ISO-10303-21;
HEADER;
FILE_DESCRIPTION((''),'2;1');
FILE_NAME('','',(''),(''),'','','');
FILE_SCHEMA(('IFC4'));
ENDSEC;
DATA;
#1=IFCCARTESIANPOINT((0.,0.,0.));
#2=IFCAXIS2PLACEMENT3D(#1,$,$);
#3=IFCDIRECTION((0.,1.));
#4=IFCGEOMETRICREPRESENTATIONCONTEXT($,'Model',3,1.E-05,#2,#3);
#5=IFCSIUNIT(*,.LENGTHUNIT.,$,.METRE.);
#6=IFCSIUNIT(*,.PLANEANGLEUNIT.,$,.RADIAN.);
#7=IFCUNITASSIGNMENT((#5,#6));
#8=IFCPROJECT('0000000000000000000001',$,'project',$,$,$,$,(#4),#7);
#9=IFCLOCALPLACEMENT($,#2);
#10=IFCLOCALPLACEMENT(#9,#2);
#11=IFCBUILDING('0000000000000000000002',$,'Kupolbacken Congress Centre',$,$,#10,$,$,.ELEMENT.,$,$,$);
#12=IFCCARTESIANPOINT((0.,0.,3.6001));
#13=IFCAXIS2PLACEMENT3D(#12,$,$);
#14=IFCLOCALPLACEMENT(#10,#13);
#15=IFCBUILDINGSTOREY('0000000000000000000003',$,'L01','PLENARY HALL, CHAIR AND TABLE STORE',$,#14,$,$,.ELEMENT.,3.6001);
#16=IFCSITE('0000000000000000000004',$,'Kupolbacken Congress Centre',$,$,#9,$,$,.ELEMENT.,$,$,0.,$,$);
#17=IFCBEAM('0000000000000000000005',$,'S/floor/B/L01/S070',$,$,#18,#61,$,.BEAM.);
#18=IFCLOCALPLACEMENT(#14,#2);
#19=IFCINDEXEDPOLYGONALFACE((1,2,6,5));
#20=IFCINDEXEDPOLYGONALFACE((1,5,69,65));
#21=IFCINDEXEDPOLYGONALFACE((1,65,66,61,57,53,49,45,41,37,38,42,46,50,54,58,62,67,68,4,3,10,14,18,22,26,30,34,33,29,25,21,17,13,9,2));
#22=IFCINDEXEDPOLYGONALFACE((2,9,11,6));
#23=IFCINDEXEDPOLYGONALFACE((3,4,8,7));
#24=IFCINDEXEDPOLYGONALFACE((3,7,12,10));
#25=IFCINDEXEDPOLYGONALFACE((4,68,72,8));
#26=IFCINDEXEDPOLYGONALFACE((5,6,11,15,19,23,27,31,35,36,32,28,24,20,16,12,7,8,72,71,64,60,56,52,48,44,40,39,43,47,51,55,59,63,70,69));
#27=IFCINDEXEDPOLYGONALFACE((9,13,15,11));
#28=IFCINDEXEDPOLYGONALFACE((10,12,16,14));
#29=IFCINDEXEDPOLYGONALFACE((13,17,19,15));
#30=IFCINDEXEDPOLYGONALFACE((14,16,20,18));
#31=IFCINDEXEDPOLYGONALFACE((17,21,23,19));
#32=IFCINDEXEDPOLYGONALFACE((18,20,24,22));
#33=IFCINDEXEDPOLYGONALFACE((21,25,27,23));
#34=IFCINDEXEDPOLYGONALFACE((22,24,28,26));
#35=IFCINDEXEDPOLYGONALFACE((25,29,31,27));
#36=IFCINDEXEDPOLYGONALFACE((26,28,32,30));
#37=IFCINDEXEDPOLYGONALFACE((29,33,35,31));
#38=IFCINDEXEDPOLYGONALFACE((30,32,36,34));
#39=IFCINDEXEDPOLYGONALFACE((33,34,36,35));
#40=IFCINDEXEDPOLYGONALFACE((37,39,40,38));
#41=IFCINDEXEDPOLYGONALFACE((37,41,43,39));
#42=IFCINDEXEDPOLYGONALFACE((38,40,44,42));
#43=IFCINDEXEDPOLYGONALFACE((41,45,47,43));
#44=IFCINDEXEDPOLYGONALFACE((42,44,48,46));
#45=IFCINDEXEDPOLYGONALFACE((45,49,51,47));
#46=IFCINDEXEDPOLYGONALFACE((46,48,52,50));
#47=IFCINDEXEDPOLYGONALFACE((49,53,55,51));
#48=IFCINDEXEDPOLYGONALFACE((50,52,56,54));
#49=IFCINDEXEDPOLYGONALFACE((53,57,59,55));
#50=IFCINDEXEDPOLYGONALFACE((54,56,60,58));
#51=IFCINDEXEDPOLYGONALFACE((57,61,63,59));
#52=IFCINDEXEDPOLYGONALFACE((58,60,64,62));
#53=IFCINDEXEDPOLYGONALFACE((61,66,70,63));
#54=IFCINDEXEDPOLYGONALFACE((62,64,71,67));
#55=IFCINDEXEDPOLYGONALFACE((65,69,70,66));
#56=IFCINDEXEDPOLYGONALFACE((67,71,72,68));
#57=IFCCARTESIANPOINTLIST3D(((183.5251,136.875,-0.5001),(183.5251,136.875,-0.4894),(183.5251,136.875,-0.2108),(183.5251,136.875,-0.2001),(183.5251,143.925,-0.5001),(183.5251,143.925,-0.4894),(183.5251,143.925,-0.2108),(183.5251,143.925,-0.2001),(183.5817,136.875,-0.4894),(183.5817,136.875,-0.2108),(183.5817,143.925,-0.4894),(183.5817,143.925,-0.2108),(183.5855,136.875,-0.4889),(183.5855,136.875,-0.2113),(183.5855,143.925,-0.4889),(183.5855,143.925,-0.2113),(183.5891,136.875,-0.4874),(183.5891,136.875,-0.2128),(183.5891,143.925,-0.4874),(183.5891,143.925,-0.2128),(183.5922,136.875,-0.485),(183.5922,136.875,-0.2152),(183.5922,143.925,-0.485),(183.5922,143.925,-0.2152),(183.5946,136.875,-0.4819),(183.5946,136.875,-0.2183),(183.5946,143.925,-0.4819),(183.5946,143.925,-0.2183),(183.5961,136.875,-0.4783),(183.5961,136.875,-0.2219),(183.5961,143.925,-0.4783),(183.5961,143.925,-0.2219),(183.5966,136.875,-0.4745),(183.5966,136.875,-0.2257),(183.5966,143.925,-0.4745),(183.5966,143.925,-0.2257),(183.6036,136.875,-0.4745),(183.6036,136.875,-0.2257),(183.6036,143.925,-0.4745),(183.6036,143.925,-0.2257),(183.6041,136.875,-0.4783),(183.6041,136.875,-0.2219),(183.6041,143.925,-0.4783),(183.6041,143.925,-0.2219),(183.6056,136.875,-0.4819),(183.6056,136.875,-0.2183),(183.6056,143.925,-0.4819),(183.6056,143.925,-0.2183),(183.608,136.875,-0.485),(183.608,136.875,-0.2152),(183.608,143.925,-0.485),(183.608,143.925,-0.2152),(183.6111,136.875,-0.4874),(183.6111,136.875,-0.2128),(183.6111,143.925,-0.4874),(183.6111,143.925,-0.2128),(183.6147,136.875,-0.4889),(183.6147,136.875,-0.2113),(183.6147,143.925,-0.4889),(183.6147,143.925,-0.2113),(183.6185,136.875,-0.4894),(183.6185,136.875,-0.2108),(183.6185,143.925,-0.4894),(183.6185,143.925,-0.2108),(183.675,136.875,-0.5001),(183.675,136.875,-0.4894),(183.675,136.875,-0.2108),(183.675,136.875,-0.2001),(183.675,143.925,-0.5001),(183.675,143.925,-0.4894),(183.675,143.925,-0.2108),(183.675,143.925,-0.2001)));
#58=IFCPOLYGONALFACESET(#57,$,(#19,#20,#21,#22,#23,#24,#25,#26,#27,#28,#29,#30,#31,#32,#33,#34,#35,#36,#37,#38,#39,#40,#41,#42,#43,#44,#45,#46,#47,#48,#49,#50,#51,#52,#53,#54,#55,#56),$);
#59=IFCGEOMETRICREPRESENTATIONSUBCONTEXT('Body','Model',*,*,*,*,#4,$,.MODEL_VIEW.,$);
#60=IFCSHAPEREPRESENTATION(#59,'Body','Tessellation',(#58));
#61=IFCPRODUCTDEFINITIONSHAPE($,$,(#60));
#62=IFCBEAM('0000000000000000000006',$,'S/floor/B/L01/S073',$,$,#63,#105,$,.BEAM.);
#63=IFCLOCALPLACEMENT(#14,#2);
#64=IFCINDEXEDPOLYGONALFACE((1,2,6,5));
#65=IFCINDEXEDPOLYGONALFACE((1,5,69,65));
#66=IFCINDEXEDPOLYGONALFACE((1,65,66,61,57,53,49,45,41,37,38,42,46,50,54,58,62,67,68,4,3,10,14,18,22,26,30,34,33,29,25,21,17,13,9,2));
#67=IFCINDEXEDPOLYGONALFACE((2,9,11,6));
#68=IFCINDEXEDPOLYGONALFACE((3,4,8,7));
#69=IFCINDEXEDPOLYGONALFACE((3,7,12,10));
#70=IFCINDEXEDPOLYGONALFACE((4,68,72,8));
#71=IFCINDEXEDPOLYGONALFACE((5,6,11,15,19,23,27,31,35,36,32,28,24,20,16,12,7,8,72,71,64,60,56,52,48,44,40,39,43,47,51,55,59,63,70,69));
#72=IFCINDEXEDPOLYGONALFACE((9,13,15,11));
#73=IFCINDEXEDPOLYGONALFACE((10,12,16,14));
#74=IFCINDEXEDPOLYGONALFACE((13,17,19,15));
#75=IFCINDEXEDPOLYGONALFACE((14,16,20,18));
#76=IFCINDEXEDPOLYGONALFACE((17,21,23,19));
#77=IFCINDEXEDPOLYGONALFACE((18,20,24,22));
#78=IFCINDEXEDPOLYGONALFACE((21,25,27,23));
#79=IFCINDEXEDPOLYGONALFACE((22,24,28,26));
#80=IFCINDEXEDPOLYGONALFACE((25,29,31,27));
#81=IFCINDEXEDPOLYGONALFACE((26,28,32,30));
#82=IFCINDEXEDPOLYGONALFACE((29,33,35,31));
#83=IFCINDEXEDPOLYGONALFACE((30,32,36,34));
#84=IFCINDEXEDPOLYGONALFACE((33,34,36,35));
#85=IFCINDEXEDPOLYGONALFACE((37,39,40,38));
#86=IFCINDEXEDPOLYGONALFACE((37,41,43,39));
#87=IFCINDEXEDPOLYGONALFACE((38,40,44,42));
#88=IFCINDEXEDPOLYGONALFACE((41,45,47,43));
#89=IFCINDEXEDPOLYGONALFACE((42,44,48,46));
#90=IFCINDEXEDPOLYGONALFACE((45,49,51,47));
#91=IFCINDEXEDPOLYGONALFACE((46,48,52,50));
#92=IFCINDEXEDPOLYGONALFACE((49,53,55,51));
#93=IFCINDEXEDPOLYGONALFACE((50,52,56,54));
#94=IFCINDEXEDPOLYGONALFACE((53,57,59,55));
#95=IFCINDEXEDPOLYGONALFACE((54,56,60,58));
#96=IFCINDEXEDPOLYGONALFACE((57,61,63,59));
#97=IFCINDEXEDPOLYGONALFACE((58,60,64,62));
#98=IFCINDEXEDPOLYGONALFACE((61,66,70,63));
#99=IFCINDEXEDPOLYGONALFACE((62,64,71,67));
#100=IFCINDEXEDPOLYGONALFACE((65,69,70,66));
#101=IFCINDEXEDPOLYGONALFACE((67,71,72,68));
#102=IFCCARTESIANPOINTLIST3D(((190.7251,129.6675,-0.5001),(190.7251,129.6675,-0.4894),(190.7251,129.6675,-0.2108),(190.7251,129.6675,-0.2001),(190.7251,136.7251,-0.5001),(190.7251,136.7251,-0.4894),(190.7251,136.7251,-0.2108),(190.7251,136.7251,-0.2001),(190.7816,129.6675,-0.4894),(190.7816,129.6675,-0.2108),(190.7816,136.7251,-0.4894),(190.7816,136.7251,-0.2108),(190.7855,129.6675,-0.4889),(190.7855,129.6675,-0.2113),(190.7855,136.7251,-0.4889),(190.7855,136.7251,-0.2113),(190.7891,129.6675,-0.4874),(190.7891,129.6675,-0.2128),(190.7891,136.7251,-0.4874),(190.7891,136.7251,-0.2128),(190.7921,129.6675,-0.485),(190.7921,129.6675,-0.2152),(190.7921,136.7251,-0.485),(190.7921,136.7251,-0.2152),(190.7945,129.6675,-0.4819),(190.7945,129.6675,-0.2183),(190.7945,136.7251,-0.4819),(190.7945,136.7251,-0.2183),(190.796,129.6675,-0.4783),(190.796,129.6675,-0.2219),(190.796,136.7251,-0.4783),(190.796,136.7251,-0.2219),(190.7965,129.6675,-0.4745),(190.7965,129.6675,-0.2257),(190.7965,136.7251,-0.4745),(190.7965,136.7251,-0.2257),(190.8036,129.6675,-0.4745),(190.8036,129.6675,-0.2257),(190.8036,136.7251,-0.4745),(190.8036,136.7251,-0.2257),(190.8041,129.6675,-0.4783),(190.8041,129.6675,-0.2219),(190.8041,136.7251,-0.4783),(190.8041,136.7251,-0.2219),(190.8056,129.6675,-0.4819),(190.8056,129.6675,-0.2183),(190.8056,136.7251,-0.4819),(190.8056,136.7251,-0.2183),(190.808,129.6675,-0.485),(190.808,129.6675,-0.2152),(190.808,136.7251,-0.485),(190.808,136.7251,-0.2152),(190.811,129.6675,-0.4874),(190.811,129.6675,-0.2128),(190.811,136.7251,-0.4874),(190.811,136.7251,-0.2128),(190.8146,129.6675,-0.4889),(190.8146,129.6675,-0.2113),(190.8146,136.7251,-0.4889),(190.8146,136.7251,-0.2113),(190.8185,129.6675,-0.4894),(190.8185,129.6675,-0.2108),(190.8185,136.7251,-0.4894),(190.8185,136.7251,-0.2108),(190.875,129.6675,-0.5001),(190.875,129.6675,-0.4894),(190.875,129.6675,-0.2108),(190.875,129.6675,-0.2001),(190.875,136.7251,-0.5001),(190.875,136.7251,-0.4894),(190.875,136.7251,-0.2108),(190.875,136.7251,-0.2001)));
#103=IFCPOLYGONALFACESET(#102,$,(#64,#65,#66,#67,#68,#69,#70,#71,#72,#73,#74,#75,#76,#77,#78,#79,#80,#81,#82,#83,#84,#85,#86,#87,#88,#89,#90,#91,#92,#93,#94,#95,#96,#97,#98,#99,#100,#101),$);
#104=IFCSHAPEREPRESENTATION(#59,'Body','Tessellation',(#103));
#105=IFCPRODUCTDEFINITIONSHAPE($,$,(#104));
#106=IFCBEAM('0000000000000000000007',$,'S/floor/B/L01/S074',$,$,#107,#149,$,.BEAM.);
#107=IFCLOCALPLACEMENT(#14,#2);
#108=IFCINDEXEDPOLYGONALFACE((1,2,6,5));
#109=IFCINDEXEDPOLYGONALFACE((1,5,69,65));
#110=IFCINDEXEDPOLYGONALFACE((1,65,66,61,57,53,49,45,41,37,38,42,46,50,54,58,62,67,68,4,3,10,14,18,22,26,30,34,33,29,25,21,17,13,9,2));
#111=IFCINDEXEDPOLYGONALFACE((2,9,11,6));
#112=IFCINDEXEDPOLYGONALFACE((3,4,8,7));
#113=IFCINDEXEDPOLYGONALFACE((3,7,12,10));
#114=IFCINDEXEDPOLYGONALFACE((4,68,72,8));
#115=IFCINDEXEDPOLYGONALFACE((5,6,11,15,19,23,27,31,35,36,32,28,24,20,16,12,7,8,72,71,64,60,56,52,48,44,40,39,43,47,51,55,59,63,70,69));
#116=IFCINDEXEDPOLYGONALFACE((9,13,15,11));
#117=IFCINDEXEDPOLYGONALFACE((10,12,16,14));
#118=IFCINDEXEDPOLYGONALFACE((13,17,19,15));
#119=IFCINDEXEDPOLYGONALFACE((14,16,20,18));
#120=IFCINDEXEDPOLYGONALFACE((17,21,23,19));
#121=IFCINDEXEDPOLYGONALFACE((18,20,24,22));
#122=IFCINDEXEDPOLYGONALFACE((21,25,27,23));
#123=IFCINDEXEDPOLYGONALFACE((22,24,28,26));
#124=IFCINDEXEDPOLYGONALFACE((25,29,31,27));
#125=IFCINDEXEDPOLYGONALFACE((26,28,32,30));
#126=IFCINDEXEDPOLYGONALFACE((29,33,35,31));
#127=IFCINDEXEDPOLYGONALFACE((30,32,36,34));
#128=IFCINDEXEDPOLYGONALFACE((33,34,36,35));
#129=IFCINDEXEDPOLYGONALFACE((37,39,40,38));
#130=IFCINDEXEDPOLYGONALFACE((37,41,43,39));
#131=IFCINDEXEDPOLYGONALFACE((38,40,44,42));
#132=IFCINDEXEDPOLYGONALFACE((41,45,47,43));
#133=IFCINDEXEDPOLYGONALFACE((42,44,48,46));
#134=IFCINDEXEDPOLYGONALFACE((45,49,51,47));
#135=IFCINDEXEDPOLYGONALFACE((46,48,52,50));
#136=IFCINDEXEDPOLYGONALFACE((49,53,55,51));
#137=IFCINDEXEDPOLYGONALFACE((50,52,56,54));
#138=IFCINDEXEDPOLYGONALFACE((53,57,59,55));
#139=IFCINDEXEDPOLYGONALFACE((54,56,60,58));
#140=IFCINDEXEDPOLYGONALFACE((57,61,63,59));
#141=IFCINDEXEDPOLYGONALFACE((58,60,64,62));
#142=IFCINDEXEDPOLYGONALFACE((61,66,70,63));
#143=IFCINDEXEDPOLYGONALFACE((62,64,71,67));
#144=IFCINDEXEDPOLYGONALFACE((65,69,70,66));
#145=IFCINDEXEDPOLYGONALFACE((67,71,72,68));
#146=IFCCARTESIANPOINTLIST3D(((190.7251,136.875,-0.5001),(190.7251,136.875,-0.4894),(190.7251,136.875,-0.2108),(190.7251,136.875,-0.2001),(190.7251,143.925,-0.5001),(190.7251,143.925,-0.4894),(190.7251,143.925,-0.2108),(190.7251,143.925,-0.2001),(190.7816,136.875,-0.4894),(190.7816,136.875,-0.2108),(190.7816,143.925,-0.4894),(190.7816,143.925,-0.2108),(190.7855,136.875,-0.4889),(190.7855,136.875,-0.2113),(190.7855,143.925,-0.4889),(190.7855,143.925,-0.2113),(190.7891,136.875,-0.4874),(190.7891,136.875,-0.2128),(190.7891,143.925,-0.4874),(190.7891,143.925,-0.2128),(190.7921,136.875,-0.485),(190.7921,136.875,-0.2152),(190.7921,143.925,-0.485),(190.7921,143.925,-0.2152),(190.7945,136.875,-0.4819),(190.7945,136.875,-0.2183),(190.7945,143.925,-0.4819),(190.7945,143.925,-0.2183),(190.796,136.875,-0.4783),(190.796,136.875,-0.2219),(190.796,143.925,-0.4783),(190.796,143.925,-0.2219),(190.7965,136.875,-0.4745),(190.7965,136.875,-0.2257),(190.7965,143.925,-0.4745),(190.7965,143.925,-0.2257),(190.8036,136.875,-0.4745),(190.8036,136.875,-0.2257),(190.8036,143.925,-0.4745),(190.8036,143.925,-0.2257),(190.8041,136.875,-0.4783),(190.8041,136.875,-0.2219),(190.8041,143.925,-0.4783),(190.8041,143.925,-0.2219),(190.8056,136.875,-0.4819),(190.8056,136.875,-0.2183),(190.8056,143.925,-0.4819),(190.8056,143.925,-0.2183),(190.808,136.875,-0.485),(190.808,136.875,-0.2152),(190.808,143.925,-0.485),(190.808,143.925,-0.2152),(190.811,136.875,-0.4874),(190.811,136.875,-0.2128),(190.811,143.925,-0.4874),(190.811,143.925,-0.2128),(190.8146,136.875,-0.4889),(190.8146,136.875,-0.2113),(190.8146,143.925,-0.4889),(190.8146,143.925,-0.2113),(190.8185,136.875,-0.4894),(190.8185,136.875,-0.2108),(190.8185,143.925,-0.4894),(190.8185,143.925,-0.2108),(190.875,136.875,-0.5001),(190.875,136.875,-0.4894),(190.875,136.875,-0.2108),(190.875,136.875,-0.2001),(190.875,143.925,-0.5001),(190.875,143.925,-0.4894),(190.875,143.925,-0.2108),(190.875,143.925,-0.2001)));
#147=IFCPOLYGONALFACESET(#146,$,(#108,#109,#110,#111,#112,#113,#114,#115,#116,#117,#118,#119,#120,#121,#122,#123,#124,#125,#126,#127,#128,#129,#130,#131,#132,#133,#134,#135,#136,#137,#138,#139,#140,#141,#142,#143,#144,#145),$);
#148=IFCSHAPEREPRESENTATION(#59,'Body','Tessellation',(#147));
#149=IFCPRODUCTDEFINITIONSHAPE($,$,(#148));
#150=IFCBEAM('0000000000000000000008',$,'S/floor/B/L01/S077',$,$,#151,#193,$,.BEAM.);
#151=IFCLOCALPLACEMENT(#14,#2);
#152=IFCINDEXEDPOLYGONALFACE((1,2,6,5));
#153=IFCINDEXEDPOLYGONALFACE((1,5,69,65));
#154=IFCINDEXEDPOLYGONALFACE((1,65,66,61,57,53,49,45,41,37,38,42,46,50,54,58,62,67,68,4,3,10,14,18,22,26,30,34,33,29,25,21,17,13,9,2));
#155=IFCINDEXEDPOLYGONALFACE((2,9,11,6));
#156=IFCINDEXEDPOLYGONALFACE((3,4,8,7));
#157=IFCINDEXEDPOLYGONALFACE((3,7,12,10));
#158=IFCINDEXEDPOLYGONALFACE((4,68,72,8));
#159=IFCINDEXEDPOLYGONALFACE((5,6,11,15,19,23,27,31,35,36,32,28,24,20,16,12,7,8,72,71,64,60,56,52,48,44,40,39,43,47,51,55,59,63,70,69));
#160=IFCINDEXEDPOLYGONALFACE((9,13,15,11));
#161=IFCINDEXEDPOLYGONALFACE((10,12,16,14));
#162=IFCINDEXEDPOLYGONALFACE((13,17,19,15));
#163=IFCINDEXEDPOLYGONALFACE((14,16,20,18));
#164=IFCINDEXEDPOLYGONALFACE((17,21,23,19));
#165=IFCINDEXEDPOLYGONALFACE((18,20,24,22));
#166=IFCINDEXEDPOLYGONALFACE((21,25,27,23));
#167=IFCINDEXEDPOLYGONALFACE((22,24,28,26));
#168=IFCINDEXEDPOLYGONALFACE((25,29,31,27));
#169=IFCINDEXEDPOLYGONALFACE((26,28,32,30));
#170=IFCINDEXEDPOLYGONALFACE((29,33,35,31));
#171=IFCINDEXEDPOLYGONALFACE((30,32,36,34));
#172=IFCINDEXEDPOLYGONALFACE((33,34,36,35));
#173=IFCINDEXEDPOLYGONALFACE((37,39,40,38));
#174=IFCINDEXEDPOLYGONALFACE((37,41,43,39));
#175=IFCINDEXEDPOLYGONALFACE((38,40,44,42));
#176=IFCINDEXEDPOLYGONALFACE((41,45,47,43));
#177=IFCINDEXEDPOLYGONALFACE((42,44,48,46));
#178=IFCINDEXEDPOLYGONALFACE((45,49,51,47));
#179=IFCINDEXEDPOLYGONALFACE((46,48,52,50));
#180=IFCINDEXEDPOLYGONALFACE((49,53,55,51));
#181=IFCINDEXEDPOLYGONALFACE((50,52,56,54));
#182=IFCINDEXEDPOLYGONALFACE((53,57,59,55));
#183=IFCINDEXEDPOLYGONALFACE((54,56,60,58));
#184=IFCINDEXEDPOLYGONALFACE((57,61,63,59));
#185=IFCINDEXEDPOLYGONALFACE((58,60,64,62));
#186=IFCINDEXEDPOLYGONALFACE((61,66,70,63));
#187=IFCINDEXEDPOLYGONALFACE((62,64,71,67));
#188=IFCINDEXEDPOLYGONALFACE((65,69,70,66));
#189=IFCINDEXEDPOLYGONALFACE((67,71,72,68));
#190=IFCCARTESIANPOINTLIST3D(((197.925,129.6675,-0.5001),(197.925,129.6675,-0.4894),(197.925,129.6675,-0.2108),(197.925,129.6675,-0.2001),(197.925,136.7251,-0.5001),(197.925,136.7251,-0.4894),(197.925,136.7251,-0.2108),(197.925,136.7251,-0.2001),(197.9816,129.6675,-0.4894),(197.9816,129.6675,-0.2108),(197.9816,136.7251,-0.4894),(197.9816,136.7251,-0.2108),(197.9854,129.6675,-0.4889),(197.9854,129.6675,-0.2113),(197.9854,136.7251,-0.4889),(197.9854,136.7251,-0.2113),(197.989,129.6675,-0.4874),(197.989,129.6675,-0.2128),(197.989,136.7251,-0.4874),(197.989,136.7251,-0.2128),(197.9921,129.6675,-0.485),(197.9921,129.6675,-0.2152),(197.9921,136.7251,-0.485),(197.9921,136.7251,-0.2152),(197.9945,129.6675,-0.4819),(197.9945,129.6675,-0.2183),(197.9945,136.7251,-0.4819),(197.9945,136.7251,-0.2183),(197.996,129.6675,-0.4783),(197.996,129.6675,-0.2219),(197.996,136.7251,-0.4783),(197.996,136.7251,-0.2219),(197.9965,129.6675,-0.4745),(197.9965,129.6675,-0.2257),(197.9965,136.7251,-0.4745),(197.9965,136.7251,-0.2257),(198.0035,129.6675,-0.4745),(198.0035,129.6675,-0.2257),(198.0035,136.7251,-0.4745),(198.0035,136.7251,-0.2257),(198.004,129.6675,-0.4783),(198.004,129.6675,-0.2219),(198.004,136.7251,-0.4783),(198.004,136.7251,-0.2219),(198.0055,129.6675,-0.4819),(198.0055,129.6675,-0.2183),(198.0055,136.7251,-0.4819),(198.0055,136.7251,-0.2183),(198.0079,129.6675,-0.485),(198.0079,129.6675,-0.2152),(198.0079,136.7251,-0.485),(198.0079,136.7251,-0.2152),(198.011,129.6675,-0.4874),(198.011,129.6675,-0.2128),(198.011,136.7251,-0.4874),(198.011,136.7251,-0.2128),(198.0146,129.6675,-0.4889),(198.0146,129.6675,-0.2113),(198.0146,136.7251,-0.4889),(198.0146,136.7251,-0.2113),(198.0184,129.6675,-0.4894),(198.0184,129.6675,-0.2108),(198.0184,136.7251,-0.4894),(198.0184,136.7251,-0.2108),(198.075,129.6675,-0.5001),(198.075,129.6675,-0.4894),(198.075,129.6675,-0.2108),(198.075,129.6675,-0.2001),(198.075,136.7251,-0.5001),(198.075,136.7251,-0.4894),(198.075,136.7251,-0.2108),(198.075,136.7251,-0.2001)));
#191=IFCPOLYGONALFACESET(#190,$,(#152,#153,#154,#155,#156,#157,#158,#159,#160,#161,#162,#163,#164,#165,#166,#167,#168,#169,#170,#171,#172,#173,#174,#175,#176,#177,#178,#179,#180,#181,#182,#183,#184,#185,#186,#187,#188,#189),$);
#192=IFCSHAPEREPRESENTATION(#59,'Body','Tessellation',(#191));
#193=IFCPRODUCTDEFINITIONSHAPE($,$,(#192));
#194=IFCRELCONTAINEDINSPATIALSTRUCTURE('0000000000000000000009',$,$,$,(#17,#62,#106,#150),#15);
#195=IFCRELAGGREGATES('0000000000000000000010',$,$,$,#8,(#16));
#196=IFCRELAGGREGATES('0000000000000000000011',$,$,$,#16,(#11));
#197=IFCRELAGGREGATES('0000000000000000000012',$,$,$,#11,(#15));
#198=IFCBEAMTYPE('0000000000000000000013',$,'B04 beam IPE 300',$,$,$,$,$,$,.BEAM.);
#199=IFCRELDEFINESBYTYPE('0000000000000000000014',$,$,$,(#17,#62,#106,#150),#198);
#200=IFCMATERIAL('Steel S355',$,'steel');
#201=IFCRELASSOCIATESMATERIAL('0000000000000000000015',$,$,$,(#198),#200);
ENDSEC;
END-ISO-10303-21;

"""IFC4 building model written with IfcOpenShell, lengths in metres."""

from ifc_helpers import new_model, si_unit, direction, frame, origin, origin_2d, place, context, subcontext, project, spatial, i_section, extrude, material, material_profile, profile_set, type_object, element, save


model = new_model("IFC4")

# Units and contexts
model_context = context("Model", 3, precision=1e-05, world=origin(), true_north=direction((0.0, 1.0)))
body_context = subcontext(model_context, "Body", "Model", "MODEL_VIEW")
ifc_project = project(units=[si_unit("LENGTHUNIT", "METRE"), si_unit("PLANEANGLEUNIT", "RADIAN")], contexts=[model_context])

# Site, building, storey
site_placement = place(None, origin())
site = spatial("IfcSite", under=ifc_project, at=site_placement, Name="Kupolbacken Congress Centre", CompositionType="ELEMENT", RefElevation=0.0)
building_placement = place(site_placement, origin())
building = spatial("IfcBuilding", under=site, at=building_placement, Name="Kupolbacken Congress Centre", CompositionType="ELEMENT")
storey_placement = place(building_placement, frame((0.0, 0.0, 3.6001)))
storey = spatial("IfcBuildingStorey", under=building, at=storey_placement, Name="L01", Description="PLENARY HALL, CHAIR AND TABLE STORE", CompositionType="ELEMENT", Elevation=3.6001)

# Beams
ifc_material_1 = material(Name="Steel S355", Category="steel")
ifc_material_profile_1 = material_profile(ifc_material_1, i_section(OverallWidth=0.1499, OverallDepth=0.3, WebThickness=0.0071, FlangeThickness=0.0107, FilletRadius=0.0149, at=origin_2d()), Name="IPE 300")
ifc_profile_set_1 = profile_set([ifc_material_profile_1], Name="Steel S355")
beam_type_1 = type_object("IfcBeamType", Name="B04 beam IPE 300", PredefinedType="BEAM", material=ifc_profile_set_1)
for number, where, z_axis, x_axis, name in (
    (1, (183.6001, 136.875, -0.3501), (0.0, 1.0, 0.0), (-1.0, 0.0, 0.0), "S/floor/B/L01/S070"),
):
    element("IfcBeam", number, at=place(storey_placement, frame(where, z_axis=z_axis, x_axis=x_axis)), inside=storey, type_object=beam_type_1, Name=name, PredefinedType="BEAM", context=body_context, shape_type="SweptSolid", body=[
        extrude(i_section(OverallWidth=0.1499, OverallDepth=0.3, WebThickness=0.0071, FlangeThickness=0.0107, FilletRadius=0.0149, at=origin_2d()), origin(), (0.0, 0.0, 1.0), 7.05),
    ])
beam_1_placement = place(storey_placement, frame((190.8, 129.6675, -0.3501), z_axis=(0.0, 1.0, 0.0), x_axis=(-1.0, 0.0, 0.0)))
element("IfcBeam", 2, at=beam_1_placement, inside=storey, type_object=beam_type_1, Name="S/floor/B/L01/S073", PredefinedType="BEAM", context=body_context, shape_type="SweptSolid", body=[
    extrude(i_section(OverallWidth=0.1499, OverallDepth=0.3, WebThickness=0.0071, FlangeThickness=0.0107, FilletRadius=0.0149, at=origin_2d()), origin(), (0.0, 0.0, 1.0), 7.0576),
])
beam_2_placement = place(storey_placement, frame((190.8, 136.875, -0.3501), z_axis=(0.0, 1.0, 0.0), x_axis=(-1.0, 0.0, 0.0)))
element("IfcBeam", 3, at=beam_2_placement, inside=storey, type_object=beam_type_1, Name="S/floor/B/L01/S074", PredefinedType="BEAM", context=body_context, shape_type="SweptSolid", body=[
    extrude(i_section(OverallWidth=0.1499, OverallDepth=0.3, WebThickness=0.0071, FlangeThickness=0.0107, FilletRadius=0.0149, at=origin_2d()), origin(), (0.0, 0.0, 1.0), 7.05),
])
beam_3_placement = place(storey_placement, frame((198.0, 129.6675, -0.3501), z_axis=(0.0, 1.0, 0.0), x_axis=(-1.0, 0.0, 0.0)))
element("IfcBeam", 4, at=beam_3_placement, inside=storey, type_object=beam_type_1, Name="S/floor/B/L01/S077", PredefinedType="BEAM", context=body_context, shape_type="SweptSolid", body=[
    extrude(i_section(OverallWidth=0.1499, OverallDepth=0.3, WebThickness=0.0071, FlangeThickness=0.0107, FilletRadius=0.0149, at=origin_2d()), origin(), (0.0, 0.0, 1.0), 7.0576),
])

save(model, "model.ifc")
